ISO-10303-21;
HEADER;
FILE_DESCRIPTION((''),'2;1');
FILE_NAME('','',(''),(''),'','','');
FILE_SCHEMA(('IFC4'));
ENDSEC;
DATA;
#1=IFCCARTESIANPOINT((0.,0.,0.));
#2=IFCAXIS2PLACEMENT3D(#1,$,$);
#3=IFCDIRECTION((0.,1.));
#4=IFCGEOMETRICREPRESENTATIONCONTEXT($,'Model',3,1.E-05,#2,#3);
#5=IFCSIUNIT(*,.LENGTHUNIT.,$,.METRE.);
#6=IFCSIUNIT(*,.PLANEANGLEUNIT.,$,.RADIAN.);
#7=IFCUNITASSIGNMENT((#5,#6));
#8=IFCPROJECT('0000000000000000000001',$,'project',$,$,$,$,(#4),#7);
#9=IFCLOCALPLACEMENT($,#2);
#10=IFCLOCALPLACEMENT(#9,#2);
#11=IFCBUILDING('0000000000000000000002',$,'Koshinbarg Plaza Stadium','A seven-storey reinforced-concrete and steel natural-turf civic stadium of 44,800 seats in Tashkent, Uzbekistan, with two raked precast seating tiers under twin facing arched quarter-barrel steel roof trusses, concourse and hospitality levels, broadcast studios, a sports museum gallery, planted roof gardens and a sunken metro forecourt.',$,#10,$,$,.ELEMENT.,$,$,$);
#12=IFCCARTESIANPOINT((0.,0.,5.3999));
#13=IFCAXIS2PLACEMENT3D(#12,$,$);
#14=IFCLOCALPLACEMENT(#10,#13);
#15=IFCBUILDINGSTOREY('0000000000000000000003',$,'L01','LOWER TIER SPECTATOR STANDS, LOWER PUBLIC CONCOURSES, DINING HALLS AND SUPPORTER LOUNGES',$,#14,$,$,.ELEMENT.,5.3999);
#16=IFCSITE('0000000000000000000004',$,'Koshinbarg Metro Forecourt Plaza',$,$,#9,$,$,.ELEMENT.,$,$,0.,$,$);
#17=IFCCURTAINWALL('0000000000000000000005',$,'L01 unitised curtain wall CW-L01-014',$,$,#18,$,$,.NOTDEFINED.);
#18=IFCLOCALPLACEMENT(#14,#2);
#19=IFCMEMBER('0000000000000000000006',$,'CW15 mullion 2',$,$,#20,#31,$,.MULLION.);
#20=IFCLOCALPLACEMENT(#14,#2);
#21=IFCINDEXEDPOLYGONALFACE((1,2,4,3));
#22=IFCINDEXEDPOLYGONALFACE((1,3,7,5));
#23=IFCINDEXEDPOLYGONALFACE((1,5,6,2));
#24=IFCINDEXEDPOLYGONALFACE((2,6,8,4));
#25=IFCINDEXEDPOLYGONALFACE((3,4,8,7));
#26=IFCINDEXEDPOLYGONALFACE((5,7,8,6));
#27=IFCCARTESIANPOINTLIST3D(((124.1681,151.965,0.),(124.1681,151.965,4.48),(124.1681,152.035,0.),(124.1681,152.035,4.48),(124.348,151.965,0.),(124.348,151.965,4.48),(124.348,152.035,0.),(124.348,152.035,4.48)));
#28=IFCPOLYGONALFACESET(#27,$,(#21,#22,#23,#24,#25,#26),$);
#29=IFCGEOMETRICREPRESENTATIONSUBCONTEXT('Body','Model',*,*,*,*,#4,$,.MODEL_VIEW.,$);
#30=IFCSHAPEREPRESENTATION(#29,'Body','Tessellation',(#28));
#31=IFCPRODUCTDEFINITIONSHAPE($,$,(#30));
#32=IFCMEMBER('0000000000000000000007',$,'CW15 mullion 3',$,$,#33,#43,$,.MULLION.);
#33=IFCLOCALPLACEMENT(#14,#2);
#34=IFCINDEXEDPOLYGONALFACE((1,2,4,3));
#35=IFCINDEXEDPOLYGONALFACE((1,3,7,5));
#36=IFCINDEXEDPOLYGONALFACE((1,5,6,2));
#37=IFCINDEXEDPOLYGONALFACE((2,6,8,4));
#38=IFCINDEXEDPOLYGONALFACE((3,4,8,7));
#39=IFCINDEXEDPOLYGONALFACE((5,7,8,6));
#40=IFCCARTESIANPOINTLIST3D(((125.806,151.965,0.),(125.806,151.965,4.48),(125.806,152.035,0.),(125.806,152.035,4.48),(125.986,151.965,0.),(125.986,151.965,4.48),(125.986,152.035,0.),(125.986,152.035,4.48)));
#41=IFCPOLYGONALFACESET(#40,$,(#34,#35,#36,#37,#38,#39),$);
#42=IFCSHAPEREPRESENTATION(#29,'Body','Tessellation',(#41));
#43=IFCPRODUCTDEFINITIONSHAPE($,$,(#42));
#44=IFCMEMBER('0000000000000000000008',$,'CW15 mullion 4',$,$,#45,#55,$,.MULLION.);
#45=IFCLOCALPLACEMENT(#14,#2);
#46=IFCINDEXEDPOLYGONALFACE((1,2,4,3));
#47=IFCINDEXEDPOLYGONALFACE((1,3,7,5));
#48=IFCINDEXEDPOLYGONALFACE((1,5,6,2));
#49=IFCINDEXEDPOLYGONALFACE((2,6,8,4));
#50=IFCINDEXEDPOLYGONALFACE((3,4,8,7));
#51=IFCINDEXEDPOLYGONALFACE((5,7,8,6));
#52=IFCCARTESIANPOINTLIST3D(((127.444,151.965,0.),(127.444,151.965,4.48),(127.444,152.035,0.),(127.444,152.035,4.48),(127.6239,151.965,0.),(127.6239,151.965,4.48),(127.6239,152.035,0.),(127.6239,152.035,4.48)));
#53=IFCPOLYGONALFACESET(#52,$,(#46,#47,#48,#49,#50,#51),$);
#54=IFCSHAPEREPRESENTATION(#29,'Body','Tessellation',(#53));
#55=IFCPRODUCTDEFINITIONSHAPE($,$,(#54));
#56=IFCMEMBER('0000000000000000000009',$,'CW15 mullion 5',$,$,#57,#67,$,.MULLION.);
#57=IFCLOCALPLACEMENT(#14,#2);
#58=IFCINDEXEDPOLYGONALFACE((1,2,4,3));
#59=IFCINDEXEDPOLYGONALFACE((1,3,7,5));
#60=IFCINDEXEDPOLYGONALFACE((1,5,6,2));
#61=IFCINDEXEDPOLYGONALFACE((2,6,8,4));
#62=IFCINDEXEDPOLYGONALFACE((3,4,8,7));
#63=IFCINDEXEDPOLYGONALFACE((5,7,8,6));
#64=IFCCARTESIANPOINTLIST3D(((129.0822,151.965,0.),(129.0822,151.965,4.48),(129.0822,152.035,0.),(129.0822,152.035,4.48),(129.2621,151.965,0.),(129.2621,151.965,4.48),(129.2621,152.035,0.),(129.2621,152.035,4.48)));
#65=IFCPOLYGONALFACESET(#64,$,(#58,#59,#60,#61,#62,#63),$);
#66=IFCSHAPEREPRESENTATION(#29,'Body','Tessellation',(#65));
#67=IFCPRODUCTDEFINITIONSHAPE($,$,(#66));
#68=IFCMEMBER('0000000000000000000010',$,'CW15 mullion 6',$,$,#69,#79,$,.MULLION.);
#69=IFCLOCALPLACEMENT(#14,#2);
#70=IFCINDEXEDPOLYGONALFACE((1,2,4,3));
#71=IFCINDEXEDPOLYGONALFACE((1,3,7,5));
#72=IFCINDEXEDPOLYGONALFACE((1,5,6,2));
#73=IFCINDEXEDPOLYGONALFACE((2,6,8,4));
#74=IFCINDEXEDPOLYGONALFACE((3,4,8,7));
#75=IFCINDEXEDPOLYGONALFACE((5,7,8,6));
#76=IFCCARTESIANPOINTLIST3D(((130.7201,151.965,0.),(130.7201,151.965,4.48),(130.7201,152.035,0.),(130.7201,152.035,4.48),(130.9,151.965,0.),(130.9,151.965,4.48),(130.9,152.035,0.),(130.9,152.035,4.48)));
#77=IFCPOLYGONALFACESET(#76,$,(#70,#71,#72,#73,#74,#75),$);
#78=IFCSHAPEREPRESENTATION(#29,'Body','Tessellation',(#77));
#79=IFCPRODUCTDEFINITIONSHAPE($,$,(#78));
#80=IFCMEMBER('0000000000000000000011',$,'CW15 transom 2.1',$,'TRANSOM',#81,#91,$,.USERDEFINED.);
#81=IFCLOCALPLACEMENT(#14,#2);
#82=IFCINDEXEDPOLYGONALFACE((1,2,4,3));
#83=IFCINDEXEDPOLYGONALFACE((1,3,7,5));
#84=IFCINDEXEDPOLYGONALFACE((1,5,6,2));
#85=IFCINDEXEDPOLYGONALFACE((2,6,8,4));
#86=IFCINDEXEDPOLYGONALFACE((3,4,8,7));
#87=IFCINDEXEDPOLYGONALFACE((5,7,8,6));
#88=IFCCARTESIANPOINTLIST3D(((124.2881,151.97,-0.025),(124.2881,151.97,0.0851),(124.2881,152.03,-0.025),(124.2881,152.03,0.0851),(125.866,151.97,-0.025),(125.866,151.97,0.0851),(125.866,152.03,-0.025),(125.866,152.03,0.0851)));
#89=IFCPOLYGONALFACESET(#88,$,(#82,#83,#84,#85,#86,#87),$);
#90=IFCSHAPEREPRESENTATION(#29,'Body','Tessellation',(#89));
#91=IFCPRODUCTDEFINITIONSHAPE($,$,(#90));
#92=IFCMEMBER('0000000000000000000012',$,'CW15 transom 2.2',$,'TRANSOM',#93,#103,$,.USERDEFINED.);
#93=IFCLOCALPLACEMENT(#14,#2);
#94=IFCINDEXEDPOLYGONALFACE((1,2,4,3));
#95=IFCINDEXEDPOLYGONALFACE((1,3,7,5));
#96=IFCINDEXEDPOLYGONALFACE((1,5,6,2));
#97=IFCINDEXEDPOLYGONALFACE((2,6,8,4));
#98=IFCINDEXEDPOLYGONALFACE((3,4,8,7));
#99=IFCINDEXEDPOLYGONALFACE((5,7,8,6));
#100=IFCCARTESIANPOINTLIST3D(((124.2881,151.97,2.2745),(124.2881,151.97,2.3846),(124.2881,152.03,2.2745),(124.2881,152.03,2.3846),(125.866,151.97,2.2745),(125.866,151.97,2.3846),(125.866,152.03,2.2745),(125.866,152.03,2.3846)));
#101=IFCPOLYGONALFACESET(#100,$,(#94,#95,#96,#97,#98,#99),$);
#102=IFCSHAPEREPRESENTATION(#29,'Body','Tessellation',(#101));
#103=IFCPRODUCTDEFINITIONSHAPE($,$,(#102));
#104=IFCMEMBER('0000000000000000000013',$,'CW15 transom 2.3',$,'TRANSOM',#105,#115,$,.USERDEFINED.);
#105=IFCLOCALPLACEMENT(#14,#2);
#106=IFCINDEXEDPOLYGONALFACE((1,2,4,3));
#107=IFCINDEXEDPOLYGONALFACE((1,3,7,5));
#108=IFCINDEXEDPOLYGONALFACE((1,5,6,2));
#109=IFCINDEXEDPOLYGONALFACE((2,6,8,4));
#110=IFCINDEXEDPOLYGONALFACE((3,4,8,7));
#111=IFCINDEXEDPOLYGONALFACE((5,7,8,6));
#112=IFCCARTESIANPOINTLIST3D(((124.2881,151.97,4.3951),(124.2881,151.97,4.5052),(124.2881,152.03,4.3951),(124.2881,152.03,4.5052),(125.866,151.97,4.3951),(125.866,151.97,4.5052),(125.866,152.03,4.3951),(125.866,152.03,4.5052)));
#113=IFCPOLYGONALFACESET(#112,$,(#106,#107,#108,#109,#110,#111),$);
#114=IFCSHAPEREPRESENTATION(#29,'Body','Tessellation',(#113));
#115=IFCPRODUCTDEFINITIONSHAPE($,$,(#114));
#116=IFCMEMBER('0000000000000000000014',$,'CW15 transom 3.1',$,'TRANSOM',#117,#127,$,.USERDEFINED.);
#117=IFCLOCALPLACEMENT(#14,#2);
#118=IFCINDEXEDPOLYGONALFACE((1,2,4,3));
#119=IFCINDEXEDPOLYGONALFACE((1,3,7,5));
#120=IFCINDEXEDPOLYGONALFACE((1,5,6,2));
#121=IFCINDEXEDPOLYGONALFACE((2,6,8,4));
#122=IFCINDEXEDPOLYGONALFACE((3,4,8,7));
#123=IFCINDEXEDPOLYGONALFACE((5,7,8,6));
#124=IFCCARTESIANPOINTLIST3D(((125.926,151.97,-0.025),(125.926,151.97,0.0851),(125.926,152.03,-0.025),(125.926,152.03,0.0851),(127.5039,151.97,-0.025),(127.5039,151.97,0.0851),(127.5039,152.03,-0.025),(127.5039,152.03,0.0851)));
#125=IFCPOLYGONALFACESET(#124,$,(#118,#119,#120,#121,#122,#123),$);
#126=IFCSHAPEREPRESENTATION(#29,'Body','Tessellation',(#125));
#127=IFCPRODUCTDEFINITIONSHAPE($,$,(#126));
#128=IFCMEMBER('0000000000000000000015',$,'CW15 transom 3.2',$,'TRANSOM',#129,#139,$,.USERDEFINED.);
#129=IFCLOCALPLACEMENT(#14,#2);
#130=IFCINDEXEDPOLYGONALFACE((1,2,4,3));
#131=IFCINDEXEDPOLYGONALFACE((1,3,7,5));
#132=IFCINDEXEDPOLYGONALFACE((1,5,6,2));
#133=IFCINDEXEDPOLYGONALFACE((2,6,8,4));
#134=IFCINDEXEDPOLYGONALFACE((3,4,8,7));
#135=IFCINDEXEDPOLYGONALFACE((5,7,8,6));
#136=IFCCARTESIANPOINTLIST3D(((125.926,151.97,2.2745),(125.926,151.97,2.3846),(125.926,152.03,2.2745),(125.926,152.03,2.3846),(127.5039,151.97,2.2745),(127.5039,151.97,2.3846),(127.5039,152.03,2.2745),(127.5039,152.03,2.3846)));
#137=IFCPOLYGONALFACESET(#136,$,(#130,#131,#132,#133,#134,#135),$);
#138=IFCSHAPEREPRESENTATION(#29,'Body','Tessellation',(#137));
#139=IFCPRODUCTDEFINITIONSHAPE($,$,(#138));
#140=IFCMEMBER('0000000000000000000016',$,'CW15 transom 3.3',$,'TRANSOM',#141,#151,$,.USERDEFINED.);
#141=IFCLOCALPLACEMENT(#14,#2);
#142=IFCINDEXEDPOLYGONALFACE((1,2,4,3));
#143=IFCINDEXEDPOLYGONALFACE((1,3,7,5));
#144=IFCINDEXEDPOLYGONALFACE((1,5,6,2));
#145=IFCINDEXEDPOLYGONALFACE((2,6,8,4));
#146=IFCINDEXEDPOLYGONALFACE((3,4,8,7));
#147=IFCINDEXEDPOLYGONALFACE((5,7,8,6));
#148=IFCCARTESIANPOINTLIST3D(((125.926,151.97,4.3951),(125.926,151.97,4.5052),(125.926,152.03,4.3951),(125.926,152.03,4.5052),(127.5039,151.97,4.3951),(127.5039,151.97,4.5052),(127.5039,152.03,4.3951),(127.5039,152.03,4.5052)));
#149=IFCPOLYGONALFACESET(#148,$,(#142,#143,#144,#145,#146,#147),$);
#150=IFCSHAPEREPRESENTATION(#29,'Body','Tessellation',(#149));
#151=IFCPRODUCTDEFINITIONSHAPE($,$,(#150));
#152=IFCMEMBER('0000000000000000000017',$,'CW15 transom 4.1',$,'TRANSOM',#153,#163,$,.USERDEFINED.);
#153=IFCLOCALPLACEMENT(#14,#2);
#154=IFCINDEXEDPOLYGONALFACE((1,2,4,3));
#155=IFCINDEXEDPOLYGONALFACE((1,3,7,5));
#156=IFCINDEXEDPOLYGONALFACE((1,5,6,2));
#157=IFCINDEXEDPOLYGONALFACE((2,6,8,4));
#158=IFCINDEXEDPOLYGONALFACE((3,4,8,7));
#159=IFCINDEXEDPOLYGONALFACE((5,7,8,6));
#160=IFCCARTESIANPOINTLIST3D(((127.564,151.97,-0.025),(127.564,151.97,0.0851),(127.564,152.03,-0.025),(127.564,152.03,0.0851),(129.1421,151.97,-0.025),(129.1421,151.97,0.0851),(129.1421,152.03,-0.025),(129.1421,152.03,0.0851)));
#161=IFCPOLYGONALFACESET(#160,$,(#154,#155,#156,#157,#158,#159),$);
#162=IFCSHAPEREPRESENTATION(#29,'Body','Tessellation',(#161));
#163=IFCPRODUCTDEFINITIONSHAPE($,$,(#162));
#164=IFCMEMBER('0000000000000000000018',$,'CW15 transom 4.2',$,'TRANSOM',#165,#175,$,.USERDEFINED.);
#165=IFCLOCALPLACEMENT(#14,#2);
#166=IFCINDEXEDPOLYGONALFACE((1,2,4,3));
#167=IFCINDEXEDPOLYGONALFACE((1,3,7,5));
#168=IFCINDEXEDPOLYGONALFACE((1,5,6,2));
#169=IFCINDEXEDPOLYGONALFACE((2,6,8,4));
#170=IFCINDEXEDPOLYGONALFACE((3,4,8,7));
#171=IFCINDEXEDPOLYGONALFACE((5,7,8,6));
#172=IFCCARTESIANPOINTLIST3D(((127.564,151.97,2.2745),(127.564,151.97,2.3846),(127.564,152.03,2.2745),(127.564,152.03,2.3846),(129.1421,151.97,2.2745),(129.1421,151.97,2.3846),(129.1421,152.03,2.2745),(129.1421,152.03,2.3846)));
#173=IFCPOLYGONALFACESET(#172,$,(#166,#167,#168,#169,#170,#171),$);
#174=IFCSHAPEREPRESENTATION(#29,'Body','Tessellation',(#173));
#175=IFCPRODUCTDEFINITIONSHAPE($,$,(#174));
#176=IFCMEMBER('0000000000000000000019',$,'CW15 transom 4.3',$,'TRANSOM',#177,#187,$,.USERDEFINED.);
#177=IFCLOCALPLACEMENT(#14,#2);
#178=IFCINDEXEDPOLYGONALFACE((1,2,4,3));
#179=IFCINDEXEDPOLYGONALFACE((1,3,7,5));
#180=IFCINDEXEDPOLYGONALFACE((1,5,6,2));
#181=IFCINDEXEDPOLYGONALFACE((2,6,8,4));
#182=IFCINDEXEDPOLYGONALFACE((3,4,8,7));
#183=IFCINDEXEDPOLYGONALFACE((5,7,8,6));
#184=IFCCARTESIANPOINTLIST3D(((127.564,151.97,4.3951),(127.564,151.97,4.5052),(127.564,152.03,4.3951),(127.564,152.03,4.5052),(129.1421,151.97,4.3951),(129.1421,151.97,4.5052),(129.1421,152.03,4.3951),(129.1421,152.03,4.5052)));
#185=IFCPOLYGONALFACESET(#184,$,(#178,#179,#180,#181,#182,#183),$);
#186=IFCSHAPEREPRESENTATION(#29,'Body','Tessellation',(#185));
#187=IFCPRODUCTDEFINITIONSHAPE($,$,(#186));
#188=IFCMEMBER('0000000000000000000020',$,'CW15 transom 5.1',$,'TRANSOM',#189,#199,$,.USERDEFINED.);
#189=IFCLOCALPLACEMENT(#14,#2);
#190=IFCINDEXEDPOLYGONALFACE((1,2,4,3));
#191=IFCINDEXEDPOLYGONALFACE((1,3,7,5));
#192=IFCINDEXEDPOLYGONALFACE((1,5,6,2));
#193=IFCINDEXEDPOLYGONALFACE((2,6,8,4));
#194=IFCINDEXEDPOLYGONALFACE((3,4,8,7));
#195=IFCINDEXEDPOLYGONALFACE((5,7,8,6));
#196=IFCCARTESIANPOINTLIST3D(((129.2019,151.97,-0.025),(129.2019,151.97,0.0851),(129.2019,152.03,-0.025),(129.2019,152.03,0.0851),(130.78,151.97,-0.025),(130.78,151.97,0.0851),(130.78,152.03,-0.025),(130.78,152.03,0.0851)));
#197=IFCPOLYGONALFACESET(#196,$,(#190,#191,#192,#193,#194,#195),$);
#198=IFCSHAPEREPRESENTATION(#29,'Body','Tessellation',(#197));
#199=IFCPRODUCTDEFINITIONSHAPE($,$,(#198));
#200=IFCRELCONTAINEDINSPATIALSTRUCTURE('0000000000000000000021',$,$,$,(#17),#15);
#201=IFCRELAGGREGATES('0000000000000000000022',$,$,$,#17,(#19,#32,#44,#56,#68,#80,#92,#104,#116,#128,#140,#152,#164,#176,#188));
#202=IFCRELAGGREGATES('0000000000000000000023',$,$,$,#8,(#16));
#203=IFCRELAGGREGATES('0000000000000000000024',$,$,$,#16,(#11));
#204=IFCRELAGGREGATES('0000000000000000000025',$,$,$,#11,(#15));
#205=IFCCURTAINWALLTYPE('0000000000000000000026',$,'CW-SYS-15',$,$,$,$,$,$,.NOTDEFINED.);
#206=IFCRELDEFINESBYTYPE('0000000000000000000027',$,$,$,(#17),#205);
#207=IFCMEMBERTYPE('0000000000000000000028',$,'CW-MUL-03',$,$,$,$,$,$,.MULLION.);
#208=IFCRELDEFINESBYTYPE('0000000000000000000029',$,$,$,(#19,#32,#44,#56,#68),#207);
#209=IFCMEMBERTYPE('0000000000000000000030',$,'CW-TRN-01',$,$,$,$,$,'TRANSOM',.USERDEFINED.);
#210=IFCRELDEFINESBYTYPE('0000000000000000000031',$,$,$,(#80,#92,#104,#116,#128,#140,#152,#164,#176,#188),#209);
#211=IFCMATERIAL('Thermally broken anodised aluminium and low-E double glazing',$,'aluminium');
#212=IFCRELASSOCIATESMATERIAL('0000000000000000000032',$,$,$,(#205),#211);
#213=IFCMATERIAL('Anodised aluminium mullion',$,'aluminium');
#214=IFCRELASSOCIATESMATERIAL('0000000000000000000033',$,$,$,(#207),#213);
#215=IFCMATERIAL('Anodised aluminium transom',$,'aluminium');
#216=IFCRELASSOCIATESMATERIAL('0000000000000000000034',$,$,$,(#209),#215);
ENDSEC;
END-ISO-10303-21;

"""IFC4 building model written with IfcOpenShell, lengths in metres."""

from ifc_helpers import new_model, si_unit, direction, frame, origin, origin_2d, place, context, subcontext, project, spatial, rectangle, extrude, material, material_profile, profile_set, type_object, element, aggregate, save


model = new_model("IFC4")

# Units and contexts
model_context = context("Model", 3, precision=1e-05, world=origin(), true_north=direction((0.0, 1.0)))
body_context = subcontext(model_context, "Body", "Model", "MODEL_VIEW")
ifc_project = project(units=[si_unit("LENGTHUNIT", "METRE"), si_unit("PLANEANGLEUNIT", "RADIAN")], contexts=[model_context])

# Site, building, storey
site_placement = place(None, origin())
site = spatial("IfcSite", under=ifc_project, at=site_placement, Name="Koshinbarg Metro Forecourt Plaza", CompositionType="ELEMENT", RefElevation=0.0)
building_placement = place(site_placement, origin())
building = spatial("IfcBuilding", under=site, at=building_placement, Name="Koshinbarg Plaza Stadium", Description="A seven-storey reinforced-concrete and steel natural-turf civic stadium of 44,800 seats in Tashkent, Uzbekistan, with two raked precast seating tiers under twin facing arched quarter-barrel steel roof trusses, concourse and hospitality levels, broadcast studios, a sports museum gallery, planted roof gardens and a sunken metro forecourt.", CompositionType="ELEMENT")
storey_placement = place(building_placement, frame((0.0, 0.0, 5.3999)))
storey = spatial("IfcBuildingStorey", under=building, at=storey_placement, Name="L01", Description="LOWER TIER SPECTATOR STANDS, LOWER PUBLIC CONCOURSES, DINING HALLS AND SUPPORTER LOUNGES", CompositionType="ELEMENT", Elevation=5.3999)

# Curtain wall, members
ifc_material_1 = material(Name="Thermally broken anodised aluminium and low-E double glazing", Category="aluminium")
curtain_wall_type = type_object("IfcCurtainWallType", Name="CW-SYS-15", PredefinedType="NOTDEFINED", material=ifc_material_1)
curtain_wall_placement = place(storey_placement, origin())
curtain_wall = element("IfcCurtainWall", 1, at=curtain_wall_placement, inside=storey, type_object=curtain_wall_type, Name="L01 unitised curtain wall CW-L01-014", PredefinedType="NOTDEFINED")
ifc_material_2 = material(Name="Anodised aluminium mullion", Category="aluminium")
ifc_material_profile_1 = material_profile(ifc_material_2, rectangle(XDim=0.0701, YDim=0.1799, at=origin_2d()), Name="ALU 70x180")
ifc_profile_set_1 = profile_set([ifc_material_profile_1], Name="Anodised aluminium mullion")
member_type_1 = type_object("IfcMemberType", Name="CW-MUL-03", PredefinedType="MULLION", material=ifc_profile_set_1)
member_1_placement = place(storey_placement, frame((124.2581, 152.0, 0.0), z_axis=(0.0, 0.0, 1.0), x_axis=(0.0, 1.0, 0.0)))
member_1 = element("IfcMember", 2, at=member_1_placement, type_object=member_type_1, Name="CW15 mullion 2", PredefinedType="MULLION", context=body_context, shape_type="SweptSolid", body=[
    extrude(rectangle(XDim=0.0701, YDim=0.1799, at=origin_2d()), origin(), (0.0, 0.0, 1.0), 4.48),
])
member_2_placement = place(storey_placement, frame((125.896, 152.0, 0.0), z_axis=(0.0, 0.0, 1.0), x_axis=(0.0, 1.0, 0.0)))
member_2 = element("IfcMember", 3, at=member_2_placement, type_object=member_type_1, Name="CW15 mullion 3", PredefinedType="MULLION", context=body_context, shape_type="SweptSolid", body=[
    extrude(rectangle(XDim=0.0701, YDim=0.1799, at=origin_2d()), origin(), (0.0, 0.0, 1.0), 4.48),
])
member_3_placement = place(storey_placement, frame((127.5339, 152.0, 0.0), z_axis=(0.0, 0.0, 1.0), x_axis=(0.0, 1.0, 0.0)))
member_3 = element("IfcMember", 4, at=member_3_placement, type_object=member_type_1, Name="CW15 mullion 4", PredefinedType="MULLION", context=body_context, shape_type="SweptSolid", body=[
    extrude(rectangle(XDim=0.0701, YDim=0.1799, at=origin_2d()), origin(), (0.0, 0.0, 1.0), 4.48),
])
member_4_placement = place(storey_placement, frame((129.1721, 152.0, 0.0), z_axis=(0.0, 0.0, 1.0), x_axis=(0.0, 1.0, 0.0)))
member_4 = element("IfcMember", 5, at=member_4_placement, type_object=member_type_1, Name="CW15 mullion 5", PredefinedType="MULLION", context=body_context, shape_type="SweptSolid", body=[
    extrude(rectangle(XDim=0.0701, YDim=0.1799, at=origin_2d()), origin(), (0.0, 0.0, 1.0), 4.48),
])
member_5_placement = place(storey_placement, frame((130.8101, 152.0, 0.0), z_axis=(0.0, 0.0, 1.0), x_axis=(0.0, 1.0, 0.0)))
member_5 = element("IfcMember", 6, at=member_5_placement, type_object=member_type_1, Name="CW15 mullion 6", PredefinedType="MULLION", context=body_context, shape_type="SweptSolid", body=[
    extrude(rectangle(XDim=0.0701, YDim=0.1799, at=origin_2d()), origin(), (0.0, 0.0, 1.0), 4.48),
])
ifc_material_3 = material(Name="Anodised aluminium transom", Category="aluminium")
ifc_material_profile_2 = material_profile(ifc_material_3, rectangle(XDim=0.0601, YDim=0.1101, at=origin_2d()), Name="ALU 60x110")
ifc_profile_set_2 = profile_set([ifc_material_profile_2], Name="Anodised aluminium transom")
member_type_2 = type_object("IfcMemberType", Name="CW-TRN-01", ElementType="TRANSOM", PredefinedType="USERDEFINED", material=ifc_profile_set_2)
member_6_placement = place(storey_placement, frame((124.2881, 152.0, 0.03), z_axis=(1.0, 0.0, 0.0), x_axis=(0.0, 1.0, 0.0)))
member_6 = element("IfcMember", 7, at=member_6_placement, type_object=member_type_2, Name="CW15 transom 2.1", ObjectType="TRANSOM", PredefinedType="USERDEFINED", context=body_context, shape_type="SweptSolid", body=[
    extrude(rectangle(XDim=0.0601, YDim=0.1101, at=origin_2d()), origin(), (0.0, 0.0, 1.0), 1.5779),
])
member_7_placement = place(storey_placement, frame((124.2881, 152.0, 2.3296), z_axis=(1.0, 0.0, 0.0), x_axis=(0.0, 1.0, 0.0)))
member_7 = element("IfcMember", 8, at=member_7_placement, type_object=member_type_2, Name="CW15 transom 2.2", ObjectType="TRANSOM", PredefinedType="USERDEFINED", context=body_context, shape_type="SweptSolid", body=[
    extrude(rectangle(XDim=0.0601, YDim=0.1101, at=origin_2d()), origin(), (0.0, 0.0, 1.0), 1.5779),
])
member_8_placement = place(storey_placement, frame((124.2881, 152.0, 4.4502), z_axis=(1.0, 0.0, 0.0), x_axis=(0.0, 1.0, 0.0)))
member_8 = element("IfcMember", 9, at=member_8_placement, type_object=member_type_2, Name="CW15 transom 2.3", ObjectType="TRANSOM", PredefinedType="USERDEFINED", context=body_context, shape_type="SweptSolid", body=[
    extrude(rectangle(XDim=0.0601, YDim=0.1101, at=origin_2d()), origin(), (0.0, 0.0, 1.0), 1.5779),
])
member_9_placement = place(storey_placement, frame((125.926, 152.0, 0.03), z_axis=(1.0, 0.0, 0.0), x_axis=(0.0, 1.0, 0.0)))
member_9 = element("IfcMember", 10, at=member_9_placement, type_object=member_type_2, Name="CW15 transom 3.1", ObjectType="TRANSOM", PredefinedType="USERDEFINED", context=body_context, shape_type="SweptSolid", body=[
    extrude(rectangle(XDim=0.0601, YDim=0.1101, at=origin_2d()), origin(), (0.0, 0.0, 1.0), 1.5779),
])
member_10_placement = place(storey_placement, frame((125.926, 152.0, 2.3296), z_axis=(1.0, 0.0, 0.0), x_axis=(0.0, 1.0, 0.0)))
member_10 = element("IfcMember", 11, at=member_10_placement, type_object=member_type_2, Name="CW15 transom 3.2", ObjectType="TRANSOM", PredefinedType="USERDEFINED", context=body_context, shape_type="SweptSolid", body=[
    extrude(rectangle(XDim=0.0601, YDim=0.1101, at=origin_2d()), origin(), (0.0, 0.0, 1.0), 1.5779),
])
member_11_placement = place(storey_placement, frame((125.926, 152.0, 4.4502), z_axis=(1.0, 0.0, 0.0), x_axis=(0.0, 1.0, 0.0)))
member_11 = element("IfcMember", 12, at=member_11_placement, type_object=member_type_2, Name="CW15 transom 3.3", ObjectType="TRANSOM", PredefinedType="USERDEFINED", context=body_context, shape_type="SweptSolid", body=[
    extrude(rectangle(XDim=0.0601, YDim=0.1101, at=origin_2d()), origin(), (0.0, 0.0, 1.0), 1.5779),
])
member_12_placement = place(storey_placement, frame((127.564, 152.0, 0.03), z_axis=(1.0, 0.0, 0.0), x_axis=(0.0, 1.0, 0.0)))
member_12 = element("IfcMember", 13, at=member_12_placement, type_object=member_type_2, Name="CW15 transom 4.1", ObjectType="TRANSOM", PredefinedType="USERDEFINED", context=body_context, shape_type="SweptSolid", body=[
    extrude(rectangle(XDim=0.0601, YDim=0.1101, at=origin_2d()), origin(), (0.0, 0.0, 1.0), 1.5781),
])
member_13_placement = place(storey_placement, frame((127.564, 152.0, 2.3296), z_axis=(1.0, 0.0, 0.0), x_axis=(0.0, 1.0, 0.0)))
member_13 = element("IfcMember", 14, at=member_13_placement, type_object=member_type_2, Name="CW15 transom 4.2", ObjectType="TRANSOM", PredefinedType="USERDEFINED", context=body_context, shape_type="SweptSolid", body=[
    extrude(rectangle(XDim=0.0601, YDim=0.1101, at=origin_2d()), origin(), (0.0, 0.0, 1.0), 1.5781),
])
member_14_placement = place(storey_placement, frame((127.564, 152.0, 4.4502), z_axis=(1.0, 0.0, 0.0), x_axis=(0.0, 1.0, 0.0)))
member_14 = element("IfcMember", 15, at=member_14_placement, type_object=member_type_2, Name="CW15 transom 4.3", ObjectType="TRANSOM", PredefinedType="USERDEFINED", context=body_context, shape_type="SweptSolid", body=[
    extrude(rectangle(XDim=0.0601, YDim=0.1101, at=origin_2d()), origin(), (0.0, 0.0, 1.0), 1.5781),
])
member_15_placement = place(storey_placement, frame((129.2019, 152.0, 0.03), z_axis=(1.0, 0.0, 0.0), x_axis=(0.0, 1.0, 0.0)))
member_15 = element("IfcMember", 16, at=member_15_placement, type_object=member_type_2, Name="CW15 transom 5.1", ObjectType="TRANSOM", PredefinedType="USERDEFINED", context=body_context, shape_type="SweptSolid", body=[
    extrude(rectangle(XDim=0.0601, YDim=0.1101, at=origin_2d()), origin(), (0.0, 0.0, 1.0), 1.5781),
])
aggregate(curtain_wall, [member_1, member_2, member_3, member_4, member_5, member_6, member_7, member_8, member_9, member_10, member_11, member_12, member_13, member_14, member_15])

save(model, "model.ifc")
